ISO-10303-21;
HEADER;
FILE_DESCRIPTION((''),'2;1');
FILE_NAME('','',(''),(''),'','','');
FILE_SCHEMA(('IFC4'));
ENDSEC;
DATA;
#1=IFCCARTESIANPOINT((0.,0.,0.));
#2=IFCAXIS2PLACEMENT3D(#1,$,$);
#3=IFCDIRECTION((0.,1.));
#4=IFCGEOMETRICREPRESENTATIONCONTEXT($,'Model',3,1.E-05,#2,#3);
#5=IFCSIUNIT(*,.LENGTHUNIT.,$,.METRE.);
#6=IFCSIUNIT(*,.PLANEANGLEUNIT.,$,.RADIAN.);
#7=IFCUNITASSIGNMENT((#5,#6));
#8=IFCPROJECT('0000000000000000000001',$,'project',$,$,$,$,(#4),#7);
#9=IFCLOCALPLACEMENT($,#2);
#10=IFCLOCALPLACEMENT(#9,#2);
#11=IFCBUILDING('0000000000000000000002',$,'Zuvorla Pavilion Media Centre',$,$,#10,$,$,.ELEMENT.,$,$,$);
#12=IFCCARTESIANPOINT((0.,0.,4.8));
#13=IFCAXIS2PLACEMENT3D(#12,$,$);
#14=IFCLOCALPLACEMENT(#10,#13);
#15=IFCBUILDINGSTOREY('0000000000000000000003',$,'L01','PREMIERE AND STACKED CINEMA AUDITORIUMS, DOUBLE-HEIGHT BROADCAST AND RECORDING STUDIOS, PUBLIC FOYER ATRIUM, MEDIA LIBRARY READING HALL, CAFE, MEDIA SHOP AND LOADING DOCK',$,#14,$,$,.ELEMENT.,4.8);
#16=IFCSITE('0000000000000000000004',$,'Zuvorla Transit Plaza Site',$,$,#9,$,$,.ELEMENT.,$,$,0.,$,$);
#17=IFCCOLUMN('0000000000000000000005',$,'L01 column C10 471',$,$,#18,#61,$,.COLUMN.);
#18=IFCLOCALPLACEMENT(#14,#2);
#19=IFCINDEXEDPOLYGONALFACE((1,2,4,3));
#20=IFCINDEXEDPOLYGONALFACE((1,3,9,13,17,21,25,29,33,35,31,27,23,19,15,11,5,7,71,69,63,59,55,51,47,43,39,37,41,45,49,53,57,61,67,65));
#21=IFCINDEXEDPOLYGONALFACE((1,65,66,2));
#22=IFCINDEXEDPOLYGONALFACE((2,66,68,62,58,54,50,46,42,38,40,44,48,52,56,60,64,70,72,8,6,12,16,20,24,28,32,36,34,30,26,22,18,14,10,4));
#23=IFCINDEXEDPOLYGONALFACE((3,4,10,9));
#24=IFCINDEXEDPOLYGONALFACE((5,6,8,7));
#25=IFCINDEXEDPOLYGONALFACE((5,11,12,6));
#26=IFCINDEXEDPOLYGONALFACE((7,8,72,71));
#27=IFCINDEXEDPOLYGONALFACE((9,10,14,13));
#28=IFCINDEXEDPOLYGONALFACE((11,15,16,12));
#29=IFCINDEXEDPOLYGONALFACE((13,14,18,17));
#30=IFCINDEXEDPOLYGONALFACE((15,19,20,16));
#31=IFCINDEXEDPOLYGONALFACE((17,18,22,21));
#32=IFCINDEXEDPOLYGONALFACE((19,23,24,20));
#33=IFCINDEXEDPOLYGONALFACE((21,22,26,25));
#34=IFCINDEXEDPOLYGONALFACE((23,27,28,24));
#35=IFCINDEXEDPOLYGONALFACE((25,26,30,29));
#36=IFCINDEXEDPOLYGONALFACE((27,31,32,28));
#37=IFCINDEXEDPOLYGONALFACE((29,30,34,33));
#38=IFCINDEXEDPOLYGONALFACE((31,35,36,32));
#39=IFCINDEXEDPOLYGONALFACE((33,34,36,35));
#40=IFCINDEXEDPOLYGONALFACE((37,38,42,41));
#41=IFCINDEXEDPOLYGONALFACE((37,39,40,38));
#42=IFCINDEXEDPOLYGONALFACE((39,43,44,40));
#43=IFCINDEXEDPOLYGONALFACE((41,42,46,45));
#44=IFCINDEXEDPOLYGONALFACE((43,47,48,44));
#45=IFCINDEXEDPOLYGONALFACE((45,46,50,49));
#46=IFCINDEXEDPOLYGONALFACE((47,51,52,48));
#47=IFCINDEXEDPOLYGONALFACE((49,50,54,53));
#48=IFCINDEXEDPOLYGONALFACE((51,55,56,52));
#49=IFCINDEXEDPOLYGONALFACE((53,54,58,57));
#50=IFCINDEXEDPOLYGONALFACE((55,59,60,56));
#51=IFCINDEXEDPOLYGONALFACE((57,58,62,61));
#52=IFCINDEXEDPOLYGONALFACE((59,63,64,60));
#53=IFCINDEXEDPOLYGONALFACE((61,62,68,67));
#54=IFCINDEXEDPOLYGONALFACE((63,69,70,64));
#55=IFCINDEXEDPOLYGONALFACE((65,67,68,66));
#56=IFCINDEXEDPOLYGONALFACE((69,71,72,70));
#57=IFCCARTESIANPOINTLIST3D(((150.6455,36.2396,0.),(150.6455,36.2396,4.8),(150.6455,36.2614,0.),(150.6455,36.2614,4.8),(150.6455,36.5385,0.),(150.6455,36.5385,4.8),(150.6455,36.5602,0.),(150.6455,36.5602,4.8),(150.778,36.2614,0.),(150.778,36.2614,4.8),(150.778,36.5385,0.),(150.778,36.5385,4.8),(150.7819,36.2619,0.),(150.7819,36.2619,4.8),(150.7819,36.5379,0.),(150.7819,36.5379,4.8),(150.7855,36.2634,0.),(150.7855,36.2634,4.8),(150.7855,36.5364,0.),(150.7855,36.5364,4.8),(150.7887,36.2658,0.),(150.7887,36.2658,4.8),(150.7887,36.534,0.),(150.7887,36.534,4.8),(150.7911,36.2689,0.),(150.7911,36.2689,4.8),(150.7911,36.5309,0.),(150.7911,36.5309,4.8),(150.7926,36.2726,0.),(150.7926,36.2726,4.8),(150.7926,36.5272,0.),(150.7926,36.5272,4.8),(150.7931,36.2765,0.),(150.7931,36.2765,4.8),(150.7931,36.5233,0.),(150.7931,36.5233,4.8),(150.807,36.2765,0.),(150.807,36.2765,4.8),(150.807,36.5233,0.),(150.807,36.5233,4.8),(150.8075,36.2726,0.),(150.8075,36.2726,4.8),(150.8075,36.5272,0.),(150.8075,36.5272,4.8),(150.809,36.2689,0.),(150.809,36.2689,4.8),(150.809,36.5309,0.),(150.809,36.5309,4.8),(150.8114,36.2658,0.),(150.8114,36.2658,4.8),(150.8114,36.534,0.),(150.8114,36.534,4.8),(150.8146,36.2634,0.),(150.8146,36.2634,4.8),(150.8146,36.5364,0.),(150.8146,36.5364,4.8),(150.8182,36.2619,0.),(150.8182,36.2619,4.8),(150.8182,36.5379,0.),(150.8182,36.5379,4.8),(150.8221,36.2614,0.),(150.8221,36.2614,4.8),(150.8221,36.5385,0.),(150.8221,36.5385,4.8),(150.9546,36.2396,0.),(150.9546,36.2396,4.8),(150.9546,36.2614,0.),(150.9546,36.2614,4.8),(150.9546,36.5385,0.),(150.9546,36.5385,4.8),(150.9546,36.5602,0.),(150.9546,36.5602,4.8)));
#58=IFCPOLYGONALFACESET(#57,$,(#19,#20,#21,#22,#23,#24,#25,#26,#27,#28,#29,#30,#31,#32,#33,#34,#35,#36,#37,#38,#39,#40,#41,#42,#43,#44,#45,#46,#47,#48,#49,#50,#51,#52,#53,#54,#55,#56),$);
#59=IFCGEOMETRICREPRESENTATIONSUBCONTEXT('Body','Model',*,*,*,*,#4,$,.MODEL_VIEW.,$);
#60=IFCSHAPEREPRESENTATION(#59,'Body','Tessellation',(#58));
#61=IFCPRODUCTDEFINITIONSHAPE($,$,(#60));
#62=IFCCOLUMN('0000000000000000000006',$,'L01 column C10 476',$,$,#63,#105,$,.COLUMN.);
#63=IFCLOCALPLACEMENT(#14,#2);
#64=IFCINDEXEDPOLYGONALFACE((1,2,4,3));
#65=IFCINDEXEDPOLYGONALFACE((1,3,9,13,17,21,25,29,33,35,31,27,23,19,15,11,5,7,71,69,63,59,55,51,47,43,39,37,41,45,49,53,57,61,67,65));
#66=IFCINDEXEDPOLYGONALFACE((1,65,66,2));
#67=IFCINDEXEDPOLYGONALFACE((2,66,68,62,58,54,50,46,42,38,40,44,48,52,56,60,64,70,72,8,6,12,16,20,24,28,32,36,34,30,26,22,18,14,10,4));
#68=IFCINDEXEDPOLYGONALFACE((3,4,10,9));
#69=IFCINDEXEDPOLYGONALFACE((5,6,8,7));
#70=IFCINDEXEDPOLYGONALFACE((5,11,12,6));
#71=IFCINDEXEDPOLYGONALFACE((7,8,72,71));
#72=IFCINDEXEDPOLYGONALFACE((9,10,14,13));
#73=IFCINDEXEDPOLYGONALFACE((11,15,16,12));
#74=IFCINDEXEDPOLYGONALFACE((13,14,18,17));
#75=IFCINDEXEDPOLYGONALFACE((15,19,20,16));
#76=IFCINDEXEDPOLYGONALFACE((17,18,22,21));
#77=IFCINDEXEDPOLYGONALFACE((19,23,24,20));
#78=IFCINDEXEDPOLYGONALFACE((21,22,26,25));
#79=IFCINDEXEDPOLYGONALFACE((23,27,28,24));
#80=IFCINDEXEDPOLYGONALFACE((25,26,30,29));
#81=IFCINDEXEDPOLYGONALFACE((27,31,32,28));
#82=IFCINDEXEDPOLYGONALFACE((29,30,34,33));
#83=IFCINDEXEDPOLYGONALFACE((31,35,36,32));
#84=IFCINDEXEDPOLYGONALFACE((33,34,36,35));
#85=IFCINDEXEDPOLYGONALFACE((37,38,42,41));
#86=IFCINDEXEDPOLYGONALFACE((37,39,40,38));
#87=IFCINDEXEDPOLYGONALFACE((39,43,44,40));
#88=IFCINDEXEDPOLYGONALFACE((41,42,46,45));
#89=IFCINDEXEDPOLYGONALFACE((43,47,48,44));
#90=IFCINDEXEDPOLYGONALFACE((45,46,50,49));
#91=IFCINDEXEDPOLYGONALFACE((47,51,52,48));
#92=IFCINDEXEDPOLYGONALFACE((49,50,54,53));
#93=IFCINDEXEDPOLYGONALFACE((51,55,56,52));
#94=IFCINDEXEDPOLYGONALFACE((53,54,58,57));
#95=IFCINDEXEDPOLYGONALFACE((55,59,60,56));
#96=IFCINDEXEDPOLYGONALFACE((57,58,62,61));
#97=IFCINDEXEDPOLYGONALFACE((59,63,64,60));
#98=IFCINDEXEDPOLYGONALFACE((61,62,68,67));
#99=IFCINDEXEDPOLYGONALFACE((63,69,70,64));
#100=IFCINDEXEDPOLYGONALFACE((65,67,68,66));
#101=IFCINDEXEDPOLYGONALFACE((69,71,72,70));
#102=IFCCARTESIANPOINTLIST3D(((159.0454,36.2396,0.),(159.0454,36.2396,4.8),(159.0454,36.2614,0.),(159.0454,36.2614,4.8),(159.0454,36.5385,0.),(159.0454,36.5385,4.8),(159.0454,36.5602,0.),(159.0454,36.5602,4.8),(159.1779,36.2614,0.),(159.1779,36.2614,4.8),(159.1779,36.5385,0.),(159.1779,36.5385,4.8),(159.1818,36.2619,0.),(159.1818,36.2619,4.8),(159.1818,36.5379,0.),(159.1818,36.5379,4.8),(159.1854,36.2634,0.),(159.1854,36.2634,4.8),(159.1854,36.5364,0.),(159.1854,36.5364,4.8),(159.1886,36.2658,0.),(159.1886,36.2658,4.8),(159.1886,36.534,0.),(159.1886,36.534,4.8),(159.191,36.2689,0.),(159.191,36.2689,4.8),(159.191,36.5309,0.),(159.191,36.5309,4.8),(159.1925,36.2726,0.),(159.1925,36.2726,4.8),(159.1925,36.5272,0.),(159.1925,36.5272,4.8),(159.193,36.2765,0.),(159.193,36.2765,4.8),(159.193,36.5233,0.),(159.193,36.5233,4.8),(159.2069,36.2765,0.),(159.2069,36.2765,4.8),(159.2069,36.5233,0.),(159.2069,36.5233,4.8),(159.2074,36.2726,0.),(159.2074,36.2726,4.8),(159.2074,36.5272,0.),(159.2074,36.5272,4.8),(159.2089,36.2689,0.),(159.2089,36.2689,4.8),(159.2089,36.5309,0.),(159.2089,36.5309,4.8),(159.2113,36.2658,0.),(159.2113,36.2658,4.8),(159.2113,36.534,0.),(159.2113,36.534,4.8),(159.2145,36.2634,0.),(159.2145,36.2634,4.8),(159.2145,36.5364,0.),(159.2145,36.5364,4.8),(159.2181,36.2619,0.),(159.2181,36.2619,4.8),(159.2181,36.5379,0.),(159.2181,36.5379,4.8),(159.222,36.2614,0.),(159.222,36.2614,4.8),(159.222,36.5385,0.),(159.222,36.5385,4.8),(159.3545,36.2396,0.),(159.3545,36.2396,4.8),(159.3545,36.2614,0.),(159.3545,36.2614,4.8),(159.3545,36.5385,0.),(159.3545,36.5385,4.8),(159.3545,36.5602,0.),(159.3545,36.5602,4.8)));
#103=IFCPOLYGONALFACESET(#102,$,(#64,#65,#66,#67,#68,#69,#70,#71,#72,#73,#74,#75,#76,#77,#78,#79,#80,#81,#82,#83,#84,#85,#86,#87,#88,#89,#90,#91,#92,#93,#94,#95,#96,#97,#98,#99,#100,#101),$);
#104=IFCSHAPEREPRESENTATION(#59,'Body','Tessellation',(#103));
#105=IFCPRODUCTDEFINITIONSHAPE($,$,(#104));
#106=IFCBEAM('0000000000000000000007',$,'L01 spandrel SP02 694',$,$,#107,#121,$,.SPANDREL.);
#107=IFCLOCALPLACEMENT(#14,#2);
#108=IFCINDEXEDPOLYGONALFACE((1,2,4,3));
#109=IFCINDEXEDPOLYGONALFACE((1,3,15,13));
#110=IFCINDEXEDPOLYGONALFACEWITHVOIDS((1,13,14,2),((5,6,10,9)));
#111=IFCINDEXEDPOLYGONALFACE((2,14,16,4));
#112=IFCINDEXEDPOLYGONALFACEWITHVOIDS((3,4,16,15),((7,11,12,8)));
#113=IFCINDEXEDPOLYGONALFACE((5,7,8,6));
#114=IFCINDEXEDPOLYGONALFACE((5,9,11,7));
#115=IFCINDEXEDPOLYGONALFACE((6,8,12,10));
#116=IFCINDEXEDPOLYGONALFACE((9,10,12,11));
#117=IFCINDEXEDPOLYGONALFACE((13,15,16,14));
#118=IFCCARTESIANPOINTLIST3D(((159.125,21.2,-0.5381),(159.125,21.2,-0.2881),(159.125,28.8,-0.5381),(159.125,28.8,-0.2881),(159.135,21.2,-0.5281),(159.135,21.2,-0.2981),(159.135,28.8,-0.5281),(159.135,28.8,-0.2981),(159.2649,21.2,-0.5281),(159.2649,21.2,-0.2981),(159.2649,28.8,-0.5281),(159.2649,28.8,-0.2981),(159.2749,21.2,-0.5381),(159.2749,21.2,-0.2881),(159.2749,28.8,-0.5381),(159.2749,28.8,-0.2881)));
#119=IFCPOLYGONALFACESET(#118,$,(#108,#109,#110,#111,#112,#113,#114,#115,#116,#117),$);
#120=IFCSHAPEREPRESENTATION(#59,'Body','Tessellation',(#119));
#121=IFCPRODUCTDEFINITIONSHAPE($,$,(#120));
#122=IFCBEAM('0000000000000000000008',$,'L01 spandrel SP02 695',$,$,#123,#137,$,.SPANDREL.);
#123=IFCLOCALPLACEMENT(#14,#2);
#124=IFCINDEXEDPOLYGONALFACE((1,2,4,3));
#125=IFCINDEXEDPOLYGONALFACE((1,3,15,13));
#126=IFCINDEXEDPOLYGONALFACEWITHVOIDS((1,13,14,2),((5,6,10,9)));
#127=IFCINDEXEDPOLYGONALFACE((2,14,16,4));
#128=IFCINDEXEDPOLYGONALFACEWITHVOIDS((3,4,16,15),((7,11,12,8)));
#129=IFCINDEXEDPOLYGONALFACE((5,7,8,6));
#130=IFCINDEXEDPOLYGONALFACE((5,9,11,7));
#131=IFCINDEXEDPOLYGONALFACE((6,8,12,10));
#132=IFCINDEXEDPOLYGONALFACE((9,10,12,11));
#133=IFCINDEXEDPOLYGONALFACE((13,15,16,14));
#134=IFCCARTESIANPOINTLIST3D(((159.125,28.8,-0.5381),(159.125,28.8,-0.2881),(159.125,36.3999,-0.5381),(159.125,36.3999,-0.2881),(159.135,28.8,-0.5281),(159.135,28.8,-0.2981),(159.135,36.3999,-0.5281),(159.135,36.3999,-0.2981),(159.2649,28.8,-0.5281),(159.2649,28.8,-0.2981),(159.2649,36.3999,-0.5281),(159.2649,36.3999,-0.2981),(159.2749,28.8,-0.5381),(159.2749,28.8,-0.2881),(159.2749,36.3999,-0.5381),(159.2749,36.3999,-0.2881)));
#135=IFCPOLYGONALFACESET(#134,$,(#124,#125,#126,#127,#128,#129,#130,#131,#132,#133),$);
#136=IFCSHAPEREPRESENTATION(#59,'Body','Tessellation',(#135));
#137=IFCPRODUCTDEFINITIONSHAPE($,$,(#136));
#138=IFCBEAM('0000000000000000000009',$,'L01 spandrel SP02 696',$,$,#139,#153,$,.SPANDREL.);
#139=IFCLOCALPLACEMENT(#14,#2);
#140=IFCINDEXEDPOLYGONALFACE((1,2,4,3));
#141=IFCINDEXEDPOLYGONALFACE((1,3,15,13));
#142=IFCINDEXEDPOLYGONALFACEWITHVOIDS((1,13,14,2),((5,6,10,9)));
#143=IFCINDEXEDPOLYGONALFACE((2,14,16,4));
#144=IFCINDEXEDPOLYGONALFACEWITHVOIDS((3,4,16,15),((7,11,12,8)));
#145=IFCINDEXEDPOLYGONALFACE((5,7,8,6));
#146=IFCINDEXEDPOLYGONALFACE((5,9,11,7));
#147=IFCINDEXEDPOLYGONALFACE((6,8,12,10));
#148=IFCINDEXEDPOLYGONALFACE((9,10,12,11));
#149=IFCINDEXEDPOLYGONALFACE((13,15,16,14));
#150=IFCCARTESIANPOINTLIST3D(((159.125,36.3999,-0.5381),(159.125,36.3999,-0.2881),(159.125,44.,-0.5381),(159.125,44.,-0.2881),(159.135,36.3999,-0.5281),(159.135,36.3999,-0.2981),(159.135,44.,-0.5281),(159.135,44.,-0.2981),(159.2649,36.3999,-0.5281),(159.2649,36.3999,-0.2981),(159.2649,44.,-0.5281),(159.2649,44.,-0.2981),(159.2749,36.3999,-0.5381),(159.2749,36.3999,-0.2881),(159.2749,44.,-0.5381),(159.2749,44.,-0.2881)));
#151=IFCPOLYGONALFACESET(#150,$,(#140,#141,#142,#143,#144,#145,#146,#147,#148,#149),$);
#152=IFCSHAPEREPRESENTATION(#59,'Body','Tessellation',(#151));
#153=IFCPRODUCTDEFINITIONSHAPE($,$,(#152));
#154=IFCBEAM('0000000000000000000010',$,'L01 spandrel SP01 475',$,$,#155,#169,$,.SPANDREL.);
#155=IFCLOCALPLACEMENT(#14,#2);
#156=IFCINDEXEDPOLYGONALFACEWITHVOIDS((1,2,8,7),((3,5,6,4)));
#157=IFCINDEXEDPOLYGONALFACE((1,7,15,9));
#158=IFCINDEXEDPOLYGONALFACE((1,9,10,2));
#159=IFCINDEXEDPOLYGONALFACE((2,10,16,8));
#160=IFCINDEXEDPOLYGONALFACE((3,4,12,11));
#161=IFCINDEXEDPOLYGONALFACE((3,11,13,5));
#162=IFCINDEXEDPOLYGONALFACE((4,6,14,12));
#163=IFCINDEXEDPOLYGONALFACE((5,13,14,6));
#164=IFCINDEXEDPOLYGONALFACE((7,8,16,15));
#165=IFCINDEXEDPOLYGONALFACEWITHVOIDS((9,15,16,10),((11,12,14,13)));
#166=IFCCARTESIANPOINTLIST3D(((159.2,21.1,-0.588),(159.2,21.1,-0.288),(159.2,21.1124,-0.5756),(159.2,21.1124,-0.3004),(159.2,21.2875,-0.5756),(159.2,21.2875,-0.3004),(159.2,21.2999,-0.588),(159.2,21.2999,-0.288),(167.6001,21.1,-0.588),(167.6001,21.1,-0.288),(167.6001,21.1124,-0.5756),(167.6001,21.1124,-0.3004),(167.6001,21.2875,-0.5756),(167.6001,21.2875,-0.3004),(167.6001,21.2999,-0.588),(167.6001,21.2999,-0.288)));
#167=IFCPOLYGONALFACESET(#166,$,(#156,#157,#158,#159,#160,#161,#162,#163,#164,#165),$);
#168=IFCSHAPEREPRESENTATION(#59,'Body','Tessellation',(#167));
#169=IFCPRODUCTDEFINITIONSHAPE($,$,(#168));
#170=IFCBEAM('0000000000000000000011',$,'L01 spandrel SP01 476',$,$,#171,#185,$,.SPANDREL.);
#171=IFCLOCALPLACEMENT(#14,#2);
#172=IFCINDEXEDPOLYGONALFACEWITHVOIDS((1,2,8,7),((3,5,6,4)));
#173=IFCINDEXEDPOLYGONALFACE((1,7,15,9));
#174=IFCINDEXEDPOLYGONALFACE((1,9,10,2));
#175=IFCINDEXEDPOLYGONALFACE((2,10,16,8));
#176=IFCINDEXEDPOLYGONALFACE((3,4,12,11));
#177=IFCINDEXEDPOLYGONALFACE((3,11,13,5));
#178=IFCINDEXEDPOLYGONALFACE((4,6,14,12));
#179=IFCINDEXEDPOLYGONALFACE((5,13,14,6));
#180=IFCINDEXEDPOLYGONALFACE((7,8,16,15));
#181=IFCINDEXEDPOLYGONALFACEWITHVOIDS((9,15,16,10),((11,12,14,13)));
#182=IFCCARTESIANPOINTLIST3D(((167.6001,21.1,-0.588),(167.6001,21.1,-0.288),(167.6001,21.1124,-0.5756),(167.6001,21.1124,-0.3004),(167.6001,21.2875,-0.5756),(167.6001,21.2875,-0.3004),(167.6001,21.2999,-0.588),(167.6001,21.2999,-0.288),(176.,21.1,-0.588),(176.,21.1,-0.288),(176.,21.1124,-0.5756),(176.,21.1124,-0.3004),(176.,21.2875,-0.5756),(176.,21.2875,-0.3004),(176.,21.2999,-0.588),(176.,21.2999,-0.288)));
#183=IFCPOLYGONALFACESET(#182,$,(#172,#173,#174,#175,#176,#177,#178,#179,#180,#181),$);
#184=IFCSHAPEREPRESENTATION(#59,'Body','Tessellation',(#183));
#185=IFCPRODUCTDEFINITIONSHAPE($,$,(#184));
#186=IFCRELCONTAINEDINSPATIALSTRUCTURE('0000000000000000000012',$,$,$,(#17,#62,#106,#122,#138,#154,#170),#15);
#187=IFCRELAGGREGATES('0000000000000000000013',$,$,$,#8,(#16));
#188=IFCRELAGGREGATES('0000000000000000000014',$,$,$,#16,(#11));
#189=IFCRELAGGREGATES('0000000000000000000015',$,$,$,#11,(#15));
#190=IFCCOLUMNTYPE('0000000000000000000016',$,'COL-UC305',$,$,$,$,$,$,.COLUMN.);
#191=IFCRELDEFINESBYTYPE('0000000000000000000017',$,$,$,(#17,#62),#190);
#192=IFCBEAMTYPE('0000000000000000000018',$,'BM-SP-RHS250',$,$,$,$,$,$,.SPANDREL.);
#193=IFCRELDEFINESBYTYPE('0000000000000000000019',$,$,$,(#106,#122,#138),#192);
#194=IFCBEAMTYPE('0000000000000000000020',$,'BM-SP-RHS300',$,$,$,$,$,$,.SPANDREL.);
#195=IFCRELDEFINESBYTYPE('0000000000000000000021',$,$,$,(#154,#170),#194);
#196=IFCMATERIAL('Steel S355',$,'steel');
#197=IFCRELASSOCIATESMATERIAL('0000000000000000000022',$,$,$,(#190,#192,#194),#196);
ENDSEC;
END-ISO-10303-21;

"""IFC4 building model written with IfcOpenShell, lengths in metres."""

from ifc_helpers import new_model, si_unit, direction, frame, origin, origin_2d, place, context, subcontext, project, spatial, hollow_rectangle, i_section, extrude, material, material_profile, profile_set, type_object, element, save


model = new_model("IFC4")

# Units and contexts
model_context = context("Model", 3, precision=1e-05, world=origin(), true_north=direction((0.0, 1.0)))
body_context = subcontext(model_context, "Body", "Model", "MODEL_VIEW")
ifc_project = project(units=[si_unit("LENGTHUNIT", "METRE"), si_unit("PLANEANGLEUNIT", "RADIAN")], contexts=[model_context])

# Site, building, storey
site_placement = place(None, origin())
site = spatial("IfcSite", under=ifc_project, at=site_placement, Name="Zuvorla Transit Plaza Site", CompositionType="ELEMENT", RefElevation=0.0)
building_placement = place(site_placement, origin())
building = spatial("IfcBuilding", under=site, at=building_placement, Name="Zuvorla Pavilion Media Centre", CompositionType="ELEMENT")
storey_placement = place(building_placement, frame((0.0, 0.0, 4.8)))
storey = spatial("IfcBuildingStorey", under=building, at=storey_placement, Name="L01", Description="PREMIERE AND STACKED CINEMA AUDITORIUMS, DOUBLE-HEIGHT BROADCAST AND RECORDING STUDIOS, PUBLIC FOYER ATRIUM, MEDIA LIBRARY READING HALL, CAFE, MEDIA SHOP AND LOADING DOCK", CompositionType="ELEMENT", Elevation=4.8)

# Columns
ifc_material_1 = material(Name="Steel S355", Category="steel")
ifc_material_profile_1 = material_profile(ifc_material_1, i_section(OverallWidth=0.3091, OverallDepth=0.3206, WebThickness=0.0139, FlangeThickness=0.0217, FilletRadius=0.0151, at=origin_2d()), Name="UC 305x305x137")
ifc_profile_set_1 = profile_set([ifc_material_profile_1], Name="Steel S355")
column_type = type_object("IfcColumnType", Name="COL-UC305", PredefinedType="COLUMN", material=ifc_profile_set_1)
for number, where, z_axis, x_axis, name in (
    (1, (150.8, 36.3999, 0.0), (0.0, 0.0, 1.0), (1.0, 0.0, 0.0), "L01 column C10 471"),
    (2, (159.2, 36.3999, 0.0), (0.0, 0.0, 1.0), (1.0, 0.0, 0.0), "L01 column C10 476"),
):
    element("IfcColumn", number, at=place(storey_placement, frame(where, z_axis=z_axis, x_axis=x_axis)), inside=storey, type_object=column_type, Name=name, PredefinedType="COLUMN", context=body_context, shape_type="SweptSolid", body=[
        extrude(i_section(OverallWidth=0.3091, OverallDepth=0.3206, WebThickness=0.0139, FlangeThickness=0.0217, FilletRadius=0.0151, at=origin_2d()), origin(), (0.0, 0.0, 1.0), 4.8),
    ])

# Beams
ifc_material_profile_2 = material_profile(ifc_material_1, hollow_rectangle(XDim=0.1499, YDim=0.25, WallThickness=0.01, at=origin_2d()), Name="RHS 250x150x10")
ifc_profile_set_2 = profile_set([ifc_material_profile_2], Name="Steel S355")
beam_type_1 = type_object("IfcBeamType", Name="BM-SP-RHS250", PredefinedType="SPANDREL", material=ifc_profile_set_2)
beam_1_placement = place(storey_placement, frame((159.2, 21.2, -0.4131), z_axis=(0.0, 1.0, 0.0), x_axis=(-1.0, 0.0, 0.0)))
element("IfcBeam", 3, at=beam_1_placement, inside=storey, type_object=beam_type_1, Name="L01 spandrel SP02 694", PredefinedType="SPANDREL", context=body_context, shape_type="SweptSolid", body=[
    extrude(hollow_rectangle(XDim=0.1499, YDim=0.25, WallThickness=0.01, at=origin_2d()), origin(), (0.0, 0.0, 1.0), 7.6001),
])
beam_2_placement = place(storey_placement, frame((159.2, 28.8, -0.4131), z_axis=(0.0, 1.0, 0.0), x_axis=(-1.0, 0.0, 0.0)))
element("IfcBeam", 4, at=beam_2_placement, inside=storey, type_object=beam_type_1, Name="L01 spandrel SP02 695", PredefinedType="SPANDREL", context=body_context, shape_type="SweptSolid", body=[
    extrude(hollow_rectangle(XDim=0.1499, YDim=0.25, WallThickness=0.01, at=origin_2d()), origin(), (0.0, 0.0, 1.0), 7.5999),
])
beam_3_placement = place(storey_placement, frame((159.2, 36.3999, -0.4131), z_axis=(0.0, 1.0, 0.0), x_axis=(-1.0, 0.0, 0.0)))
element("IfcBeam", 5, at=beam_3_placement, inside=storey, type_object=beam_type_1, Name="L01 spandrel SP02 696", PredefinedType="SPANDREL", context=body_context, shape_type="SweptSolid", body=[
    extrude(hollow_rectangle(XDim=0.1499, YDim=0.25, WallThickness=0.01, at=origin_2d()), origin(), (0.0, 0.0, 1.0), 7.6001),
])
ifc_material_profile_3 = material_profile(ifc_material_1, hollow_rectangle(XDim=0.2, YDim=0.3, WallThickness=0.0125, at=origin_2d()), Name="RHS 300x200x12.5")
ifc_profile_set_3 = profile_set([ifc_material_profile_3], Name="Steel S355")
beam_type_2 = type_object("IfcBeamType", Name="BM-SP-RHS300", PredefinedType="SPANDREL", material=ifc_profile_set_3)
beam_4_placement = place(storey_placement, frame((159.2, 21.2, -0.438), z_axis=(1.0, 0.0, 0.0), x_axis=(0.0, 1.0, 0.0)))
element("IfcBeam", 6, at=beam_4_placement, inside=storey, type_object=beam_type_2, Name="L01 spandrel SP01 475", PredefinedType="SPANDREL", context=body_context, shape_type="SweptSolid", body=[
    extrude(hollow_rectangle(XDim=0.2, YDim=0.3, WallThickness=0.0125, at=origin_2d()), origin(), (0.0, 0.0, 1.0), 8.4001),
])
beam_5_placement = place(storey_placement, frame((167.6001, 21.2, -0.438), z_axis=(1.0, 0.0, 0.0), x_axis=(0.0, 1.0, 0.0)))
element("IfcBeam", 7, at=beam_5_placement, inside=storey, type_object=beam_type_2, Name="L01 spandrel SP01 476", PredefinedType="SPANDREL", context=body_context, shape_type="SweptSolid", body=[
    extrude(hollow_rectangle(XDim=0.2, YDim=0.3, WallThickness=0.0125, at=origin_2d()), origin(), (0.0, 0.0, 1.0), 8.3999),
])

save(model, "model.ifc")
